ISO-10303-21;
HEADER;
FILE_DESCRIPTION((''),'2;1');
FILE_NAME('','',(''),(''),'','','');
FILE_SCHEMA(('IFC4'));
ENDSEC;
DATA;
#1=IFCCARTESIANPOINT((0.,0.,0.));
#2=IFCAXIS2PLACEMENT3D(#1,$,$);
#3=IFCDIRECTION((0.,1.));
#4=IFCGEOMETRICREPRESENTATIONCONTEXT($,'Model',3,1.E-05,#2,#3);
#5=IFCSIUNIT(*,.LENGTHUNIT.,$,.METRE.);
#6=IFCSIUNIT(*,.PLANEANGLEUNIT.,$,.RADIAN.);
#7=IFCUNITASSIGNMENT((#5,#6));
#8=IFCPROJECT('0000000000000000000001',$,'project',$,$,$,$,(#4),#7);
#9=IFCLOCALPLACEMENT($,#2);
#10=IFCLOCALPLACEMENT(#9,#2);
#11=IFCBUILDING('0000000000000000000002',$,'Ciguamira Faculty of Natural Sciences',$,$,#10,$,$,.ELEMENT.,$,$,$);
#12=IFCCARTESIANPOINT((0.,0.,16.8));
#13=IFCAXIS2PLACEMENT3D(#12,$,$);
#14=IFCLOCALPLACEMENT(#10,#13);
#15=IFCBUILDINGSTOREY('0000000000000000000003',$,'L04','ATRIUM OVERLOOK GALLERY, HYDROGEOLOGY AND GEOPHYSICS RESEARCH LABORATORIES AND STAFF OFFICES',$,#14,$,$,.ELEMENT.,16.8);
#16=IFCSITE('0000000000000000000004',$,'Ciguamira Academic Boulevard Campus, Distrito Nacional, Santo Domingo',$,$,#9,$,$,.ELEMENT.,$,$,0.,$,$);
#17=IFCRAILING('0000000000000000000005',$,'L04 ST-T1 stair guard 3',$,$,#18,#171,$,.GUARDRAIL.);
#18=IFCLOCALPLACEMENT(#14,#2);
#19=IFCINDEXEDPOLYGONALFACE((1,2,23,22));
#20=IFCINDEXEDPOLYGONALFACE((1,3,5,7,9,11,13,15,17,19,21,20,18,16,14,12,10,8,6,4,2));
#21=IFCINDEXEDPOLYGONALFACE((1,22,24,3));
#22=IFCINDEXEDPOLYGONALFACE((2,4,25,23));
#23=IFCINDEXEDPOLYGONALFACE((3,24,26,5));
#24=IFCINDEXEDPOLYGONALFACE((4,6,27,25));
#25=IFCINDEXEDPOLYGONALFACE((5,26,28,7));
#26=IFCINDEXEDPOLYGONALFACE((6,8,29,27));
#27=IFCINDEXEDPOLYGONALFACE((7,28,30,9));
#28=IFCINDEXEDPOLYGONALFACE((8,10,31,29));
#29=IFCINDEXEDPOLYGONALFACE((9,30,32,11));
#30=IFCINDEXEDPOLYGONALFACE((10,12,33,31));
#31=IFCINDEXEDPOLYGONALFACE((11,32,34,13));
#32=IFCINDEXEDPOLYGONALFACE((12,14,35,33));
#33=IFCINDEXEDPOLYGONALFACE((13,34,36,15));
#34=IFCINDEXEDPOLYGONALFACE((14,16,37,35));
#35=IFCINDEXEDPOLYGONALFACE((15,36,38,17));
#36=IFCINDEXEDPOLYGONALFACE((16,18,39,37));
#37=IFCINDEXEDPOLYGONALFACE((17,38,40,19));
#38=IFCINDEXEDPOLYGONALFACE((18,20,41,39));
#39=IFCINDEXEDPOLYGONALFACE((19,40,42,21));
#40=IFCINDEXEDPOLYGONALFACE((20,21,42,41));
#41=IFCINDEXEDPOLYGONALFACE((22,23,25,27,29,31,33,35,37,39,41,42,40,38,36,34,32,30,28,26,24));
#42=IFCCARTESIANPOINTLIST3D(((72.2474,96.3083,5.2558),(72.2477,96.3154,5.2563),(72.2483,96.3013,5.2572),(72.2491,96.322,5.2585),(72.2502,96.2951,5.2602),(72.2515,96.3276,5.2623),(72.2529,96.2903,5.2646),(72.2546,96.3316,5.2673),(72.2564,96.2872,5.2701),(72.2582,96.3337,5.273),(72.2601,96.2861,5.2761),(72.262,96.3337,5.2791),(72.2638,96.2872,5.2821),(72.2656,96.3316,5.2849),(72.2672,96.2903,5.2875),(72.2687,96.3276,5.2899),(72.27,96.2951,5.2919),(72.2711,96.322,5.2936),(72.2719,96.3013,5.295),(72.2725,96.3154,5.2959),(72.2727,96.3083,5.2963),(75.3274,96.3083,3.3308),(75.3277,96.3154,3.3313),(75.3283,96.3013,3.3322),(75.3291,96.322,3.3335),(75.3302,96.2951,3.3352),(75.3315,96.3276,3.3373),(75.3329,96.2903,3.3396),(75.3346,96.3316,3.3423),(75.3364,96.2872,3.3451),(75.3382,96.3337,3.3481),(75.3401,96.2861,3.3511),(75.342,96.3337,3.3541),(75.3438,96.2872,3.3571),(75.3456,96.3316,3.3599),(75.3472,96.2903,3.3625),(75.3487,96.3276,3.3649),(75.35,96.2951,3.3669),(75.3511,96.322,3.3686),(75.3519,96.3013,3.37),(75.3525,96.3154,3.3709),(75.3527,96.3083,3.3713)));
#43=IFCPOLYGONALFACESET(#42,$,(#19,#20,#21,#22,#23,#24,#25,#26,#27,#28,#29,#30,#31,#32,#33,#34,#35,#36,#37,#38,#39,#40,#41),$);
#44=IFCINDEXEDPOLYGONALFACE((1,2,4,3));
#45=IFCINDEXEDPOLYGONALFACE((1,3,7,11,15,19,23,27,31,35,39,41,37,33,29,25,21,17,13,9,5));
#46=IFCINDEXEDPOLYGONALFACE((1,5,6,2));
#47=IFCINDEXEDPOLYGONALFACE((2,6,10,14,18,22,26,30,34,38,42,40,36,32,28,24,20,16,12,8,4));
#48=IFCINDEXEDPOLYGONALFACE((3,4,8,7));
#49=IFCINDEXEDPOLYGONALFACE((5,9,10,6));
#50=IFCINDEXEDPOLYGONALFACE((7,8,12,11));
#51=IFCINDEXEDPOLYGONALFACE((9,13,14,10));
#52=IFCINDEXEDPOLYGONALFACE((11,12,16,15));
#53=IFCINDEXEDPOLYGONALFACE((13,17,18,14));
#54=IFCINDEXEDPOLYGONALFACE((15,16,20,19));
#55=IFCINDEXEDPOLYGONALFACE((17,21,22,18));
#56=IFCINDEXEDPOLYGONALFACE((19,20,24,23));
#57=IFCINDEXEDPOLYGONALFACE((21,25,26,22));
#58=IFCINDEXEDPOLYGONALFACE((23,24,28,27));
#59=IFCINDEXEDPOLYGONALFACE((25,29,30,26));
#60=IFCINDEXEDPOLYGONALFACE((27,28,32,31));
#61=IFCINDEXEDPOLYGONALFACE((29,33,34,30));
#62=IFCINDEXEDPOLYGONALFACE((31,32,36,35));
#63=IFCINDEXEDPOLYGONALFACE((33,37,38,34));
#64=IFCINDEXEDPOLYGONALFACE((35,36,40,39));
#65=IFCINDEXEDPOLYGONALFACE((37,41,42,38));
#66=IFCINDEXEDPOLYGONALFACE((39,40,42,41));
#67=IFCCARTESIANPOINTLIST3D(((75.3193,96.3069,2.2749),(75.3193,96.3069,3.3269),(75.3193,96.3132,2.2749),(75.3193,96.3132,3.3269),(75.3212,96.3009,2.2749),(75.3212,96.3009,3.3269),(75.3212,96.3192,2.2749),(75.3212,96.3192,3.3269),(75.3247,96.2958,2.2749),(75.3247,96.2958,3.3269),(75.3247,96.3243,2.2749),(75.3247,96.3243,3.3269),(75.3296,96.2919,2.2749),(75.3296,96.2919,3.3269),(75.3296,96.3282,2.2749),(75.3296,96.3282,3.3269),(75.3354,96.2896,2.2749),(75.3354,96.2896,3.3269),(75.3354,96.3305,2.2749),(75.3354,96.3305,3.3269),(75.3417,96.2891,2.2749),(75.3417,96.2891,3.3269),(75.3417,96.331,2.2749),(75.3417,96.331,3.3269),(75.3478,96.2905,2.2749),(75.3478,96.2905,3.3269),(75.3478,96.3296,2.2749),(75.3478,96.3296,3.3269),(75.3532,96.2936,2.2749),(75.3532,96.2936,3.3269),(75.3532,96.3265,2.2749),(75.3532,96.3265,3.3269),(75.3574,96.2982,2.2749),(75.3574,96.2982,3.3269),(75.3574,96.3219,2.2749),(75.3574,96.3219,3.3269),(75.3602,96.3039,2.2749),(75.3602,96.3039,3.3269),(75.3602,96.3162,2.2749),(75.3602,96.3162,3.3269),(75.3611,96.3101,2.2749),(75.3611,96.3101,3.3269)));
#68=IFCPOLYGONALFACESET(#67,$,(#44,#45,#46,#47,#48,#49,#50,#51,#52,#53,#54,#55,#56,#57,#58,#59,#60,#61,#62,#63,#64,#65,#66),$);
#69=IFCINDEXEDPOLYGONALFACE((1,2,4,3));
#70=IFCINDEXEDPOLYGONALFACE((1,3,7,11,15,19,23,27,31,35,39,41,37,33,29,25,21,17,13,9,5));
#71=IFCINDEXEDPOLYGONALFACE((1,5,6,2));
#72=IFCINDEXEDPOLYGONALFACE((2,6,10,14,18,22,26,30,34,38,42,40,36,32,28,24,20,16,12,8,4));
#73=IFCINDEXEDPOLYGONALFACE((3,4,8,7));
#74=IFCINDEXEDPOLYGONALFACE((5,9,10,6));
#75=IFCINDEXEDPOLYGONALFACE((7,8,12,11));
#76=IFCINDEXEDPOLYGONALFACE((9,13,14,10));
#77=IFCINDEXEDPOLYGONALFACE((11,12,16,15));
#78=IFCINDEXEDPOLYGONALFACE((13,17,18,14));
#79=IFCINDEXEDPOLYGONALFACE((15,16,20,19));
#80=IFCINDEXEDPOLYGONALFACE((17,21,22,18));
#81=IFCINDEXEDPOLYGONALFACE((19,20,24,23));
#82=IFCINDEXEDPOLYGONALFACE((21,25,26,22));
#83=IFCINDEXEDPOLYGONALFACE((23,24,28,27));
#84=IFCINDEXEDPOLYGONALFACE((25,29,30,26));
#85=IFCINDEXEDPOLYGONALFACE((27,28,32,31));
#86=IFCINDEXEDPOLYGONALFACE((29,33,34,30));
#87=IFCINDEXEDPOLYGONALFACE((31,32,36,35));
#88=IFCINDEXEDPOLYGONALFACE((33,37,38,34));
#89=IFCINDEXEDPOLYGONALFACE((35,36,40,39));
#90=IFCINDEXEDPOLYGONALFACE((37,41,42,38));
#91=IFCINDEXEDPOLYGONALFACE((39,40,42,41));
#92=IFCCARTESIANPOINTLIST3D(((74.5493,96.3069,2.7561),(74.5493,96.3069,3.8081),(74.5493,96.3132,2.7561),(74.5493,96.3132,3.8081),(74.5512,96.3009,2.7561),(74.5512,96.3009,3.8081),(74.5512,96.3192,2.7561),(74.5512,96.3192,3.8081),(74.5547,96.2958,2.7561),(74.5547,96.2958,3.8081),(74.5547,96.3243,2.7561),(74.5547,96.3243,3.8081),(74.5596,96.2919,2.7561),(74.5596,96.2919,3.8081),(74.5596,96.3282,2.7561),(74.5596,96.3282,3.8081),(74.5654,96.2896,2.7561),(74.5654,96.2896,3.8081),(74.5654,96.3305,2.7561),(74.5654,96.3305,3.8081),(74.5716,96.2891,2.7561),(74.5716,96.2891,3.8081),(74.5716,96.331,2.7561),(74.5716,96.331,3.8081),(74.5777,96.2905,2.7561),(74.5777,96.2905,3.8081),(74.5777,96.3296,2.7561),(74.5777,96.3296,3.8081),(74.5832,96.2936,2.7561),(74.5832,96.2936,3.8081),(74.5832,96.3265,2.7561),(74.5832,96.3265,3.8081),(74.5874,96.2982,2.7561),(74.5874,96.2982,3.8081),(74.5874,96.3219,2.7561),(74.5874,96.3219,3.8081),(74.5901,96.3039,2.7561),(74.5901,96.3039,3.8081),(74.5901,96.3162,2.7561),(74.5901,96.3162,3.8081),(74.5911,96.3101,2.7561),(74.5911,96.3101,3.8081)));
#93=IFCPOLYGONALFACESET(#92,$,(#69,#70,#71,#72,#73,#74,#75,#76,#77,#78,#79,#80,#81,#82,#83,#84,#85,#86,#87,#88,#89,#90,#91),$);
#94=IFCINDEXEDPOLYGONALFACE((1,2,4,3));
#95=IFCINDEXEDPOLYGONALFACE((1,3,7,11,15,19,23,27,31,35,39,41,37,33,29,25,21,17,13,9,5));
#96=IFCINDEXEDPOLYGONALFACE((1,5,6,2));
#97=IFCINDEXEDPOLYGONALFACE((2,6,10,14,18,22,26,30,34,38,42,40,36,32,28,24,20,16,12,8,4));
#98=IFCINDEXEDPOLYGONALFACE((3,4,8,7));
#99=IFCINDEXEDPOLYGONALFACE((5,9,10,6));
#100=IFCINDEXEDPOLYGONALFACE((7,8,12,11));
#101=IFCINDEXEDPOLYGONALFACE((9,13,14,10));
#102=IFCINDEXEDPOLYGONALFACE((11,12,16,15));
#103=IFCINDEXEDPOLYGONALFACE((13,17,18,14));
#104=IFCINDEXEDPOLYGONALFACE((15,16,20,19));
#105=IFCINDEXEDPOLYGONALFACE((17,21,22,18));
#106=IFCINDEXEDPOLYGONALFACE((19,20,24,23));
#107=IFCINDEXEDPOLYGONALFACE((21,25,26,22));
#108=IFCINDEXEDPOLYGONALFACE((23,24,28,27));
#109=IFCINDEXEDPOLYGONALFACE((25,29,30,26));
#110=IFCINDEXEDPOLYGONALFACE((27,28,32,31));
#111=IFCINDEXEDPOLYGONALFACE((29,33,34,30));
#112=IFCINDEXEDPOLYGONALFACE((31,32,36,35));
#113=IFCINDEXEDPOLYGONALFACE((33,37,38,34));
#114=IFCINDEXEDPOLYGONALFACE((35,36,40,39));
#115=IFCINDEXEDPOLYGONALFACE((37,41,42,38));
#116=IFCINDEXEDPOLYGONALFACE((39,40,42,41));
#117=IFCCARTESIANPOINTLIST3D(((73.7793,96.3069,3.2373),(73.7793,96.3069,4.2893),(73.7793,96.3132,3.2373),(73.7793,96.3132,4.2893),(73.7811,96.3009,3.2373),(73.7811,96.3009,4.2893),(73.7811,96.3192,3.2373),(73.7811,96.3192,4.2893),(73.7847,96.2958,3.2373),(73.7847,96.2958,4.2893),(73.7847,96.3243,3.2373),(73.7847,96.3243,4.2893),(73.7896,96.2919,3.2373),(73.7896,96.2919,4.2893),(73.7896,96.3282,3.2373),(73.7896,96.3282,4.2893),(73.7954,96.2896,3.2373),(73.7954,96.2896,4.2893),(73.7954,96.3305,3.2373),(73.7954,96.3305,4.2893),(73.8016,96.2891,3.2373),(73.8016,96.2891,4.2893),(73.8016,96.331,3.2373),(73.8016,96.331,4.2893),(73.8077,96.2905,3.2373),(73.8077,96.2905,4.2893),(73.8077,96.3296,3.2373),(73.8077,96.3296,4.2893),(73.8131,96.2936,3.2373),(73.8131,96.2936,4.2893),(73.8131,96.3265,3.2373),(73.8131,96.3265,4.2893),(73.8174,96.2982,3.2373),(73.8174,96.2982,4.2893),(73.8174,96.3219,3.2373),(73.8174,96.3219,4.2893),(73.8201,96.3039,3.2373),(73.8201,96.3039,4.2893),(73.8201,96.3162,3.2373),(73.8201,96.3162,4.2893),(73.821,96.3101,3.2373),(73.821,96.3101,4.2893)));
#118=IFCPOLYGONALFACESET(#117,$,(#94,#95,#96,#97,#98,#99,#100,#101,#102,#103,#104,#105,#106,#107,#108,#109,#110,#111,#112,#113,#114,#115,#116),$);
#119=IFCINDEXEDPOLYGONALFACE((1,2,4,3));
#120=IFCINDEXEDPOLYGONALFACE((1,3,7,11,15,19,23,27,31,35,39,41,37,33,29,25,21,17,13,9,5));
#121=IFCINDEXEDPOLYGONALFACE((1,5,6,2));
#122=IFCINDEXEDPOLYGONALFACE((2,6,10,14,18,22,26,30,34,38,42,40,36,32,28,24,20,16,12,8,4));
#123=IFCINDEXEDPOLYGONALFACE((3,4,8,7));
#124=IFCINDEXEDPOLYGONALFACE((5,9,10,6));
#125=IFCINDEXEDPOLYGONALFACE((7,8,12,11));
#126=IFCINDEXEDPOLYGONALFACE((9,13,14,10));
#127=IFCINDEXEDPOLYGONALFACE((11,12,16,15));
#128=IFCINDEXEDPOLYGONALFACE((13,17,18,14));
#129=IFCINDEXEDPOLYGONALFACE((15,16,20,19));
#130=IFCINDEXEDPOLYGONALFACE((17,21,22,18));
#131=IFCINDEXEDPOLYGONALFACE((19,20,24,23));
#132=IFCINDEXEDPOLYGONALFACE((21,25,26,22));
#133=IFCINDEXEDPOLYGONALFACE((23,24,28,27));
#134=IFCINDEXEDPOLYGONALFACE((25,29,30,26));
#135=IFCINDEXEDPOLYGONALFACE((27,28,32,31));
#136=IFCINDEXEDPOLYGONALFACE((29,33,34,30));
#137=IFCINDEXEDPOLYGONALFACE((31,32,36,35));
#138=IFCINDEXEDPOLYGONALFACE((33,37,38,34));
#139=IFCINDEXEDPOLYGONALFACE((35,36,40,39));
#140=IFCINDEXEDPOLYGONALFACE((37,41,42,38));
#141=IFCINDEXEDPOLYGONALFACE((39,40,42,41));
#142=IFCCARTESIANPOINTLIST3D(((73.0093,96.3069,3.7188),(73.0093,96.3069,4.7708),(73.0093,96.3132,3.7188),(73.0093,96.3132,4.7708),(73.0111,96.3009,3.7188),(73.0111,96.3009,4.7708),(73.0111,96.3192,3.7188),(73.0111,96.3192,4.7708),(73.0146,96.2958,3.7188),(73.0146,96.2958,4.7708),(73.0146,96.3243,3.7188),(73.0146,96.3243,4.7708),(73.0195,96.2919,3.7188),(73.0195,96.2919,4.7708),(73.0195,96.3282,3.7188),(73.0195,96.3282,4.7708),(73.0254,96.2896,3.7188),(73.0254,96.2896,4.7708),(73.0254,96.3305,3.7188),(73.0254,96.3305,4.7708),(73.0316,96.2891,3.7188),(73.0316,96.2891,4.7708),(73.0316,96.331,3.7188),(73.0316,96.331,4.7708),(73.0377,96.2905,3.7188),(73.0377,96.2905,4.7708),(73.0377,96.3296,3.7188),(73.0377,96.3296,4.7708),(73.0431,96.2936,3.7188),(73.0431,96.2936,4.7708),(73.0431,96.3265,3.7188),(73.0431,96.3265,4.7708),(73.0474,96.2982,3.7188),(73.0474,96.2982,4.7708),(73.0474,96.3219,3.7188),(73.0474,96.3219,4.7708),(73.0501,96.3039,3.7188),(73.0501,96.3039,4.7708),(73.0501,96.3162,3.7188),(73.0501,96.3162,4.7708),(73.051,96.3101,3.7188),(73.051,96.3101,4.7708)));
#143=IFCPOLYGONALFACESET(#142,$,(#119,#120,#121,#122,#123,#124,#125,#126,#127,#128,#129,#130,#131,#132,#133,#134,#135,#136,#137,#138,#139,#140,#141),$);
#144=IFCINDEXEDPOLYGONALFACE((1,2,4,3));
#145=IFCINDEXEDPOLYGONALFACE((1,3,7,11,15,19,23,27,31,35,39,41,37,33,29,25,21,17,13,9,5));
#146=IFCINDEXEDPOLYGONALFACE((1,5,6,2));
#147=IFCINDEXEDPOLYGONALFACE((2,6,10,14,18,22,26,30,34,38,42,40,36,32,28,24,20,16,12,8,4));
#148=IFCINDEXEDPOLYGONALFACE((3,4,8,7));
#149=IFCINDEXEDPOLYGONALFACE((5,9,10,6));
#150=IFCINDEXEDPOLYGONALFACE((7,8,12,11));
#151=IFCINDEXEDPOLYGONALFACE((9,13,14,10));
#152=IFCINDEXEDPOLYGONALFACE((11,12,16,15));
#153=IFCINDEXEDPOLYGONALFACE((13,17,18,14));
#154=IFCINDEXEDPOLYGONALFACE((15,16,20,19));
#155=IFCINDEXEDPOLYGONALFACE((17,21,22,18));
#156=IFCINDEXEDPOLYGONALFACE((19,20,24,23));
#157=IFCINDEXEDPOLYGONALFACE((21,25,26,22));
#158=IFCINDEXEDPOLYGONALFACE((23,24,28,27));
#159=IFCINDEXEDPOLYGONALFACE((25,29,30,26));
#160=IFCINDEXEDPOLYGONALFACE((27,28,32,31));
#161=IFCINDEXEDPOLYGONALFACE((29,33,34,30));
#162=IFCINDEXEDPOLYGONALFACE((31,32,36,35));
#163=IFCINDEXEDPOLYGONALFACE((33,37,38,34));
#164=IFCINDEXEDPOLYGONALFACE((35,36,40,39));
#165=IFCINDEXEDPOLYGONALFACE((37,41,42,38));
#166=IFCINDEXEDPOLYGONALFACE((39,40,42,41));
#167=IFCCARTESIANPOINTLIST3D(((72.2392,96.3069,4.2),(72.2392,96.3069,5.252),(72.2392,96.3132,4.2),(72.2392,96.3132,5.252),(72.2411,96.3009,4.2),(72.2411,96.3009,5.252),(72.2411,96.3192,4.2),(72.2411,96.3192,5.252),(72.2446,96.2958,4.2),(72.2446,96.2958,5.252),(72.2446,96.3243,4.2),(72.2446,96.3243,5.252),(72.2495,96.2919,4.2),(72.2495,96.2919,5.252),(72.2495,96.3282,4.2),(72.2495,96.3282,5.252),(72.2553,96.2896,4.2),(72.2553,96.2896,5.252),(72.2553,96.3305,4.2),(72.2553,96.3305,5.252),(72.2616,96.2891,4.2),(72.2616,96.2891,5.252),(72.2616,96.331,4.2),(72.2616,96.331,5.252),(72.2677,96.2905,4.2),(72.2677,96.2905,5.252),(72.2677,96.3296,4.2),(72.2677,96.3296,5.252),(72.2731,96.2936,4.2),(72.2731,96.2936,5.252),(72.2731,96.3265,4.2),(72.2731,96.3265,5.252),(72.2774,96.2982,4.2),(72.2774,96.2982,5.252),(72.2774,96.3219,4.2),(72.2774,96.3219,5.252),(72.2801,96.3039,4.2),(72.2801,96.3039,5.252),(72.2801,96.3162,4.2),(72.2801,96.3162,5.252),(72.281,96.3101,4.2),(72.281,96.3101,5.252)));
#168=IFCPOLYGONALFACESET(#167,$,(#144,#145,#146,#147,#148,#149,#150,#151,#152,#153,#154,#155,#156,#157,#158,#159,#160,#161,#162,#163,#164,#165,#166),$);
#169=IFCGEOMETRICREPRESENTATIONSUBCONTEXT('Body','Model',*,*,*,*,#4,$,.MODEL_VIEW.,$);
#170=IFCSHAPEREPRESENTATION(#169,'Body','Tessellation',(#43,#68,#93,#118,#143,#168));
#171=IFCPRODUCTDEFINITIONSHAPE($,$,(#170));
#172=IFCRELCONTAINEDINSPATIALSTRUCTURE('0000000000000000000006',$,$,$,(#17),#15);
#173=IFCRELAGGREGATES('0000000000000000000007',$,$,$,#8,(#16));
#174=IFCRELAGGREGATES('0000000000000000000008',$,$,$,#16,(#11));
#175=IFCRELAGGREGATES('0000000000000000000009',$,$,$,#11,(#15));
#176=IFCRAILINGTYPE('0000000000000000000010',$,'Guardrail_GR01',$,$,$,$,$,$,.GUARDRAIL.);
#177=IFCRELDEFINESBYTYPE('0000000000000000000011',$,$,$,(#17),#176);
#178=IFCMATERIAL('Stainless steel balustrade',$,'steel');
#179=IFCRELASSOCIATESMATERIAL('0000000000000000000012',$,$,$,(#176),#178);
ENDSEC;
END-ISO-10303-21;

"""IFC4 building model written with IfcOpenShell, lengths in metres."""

from ifc_helpers import new_model, si_unit, direction, frame, origin, origin_2d, place, context, subcontext, project, spatial, circle, extrude, material, type_object, element, save


model = new_model("IFC4")

# Units and contexts
model_context = context("Model", 3, precision=1e-05, world=origin(), true_north=direction((0.0, 1.0)))
body_context = subcontext(model_context, "Body", "Model", "MODEL_VIEW")
ifc_project = project(units=[si_unit("LENGTHUNIT", "METRE"), si_unit("PLANEANGLEUNIT", "RADIAN")], contexts=[model_context])

# Site, building, storey
site_placement = place(None, origin())
site = spatial("IfcSite", under=ifc_project, at=site_placement, Name="Ciguamira Academic Boulevard Campus, Distrito Nacional, Santo Domingo", CompositionType="ELEMENT", RefElevation=0.0)
building_placement = place(site_placement, origin())
building = spatial("IfcBuilding", under=site, at=building_placement, Name="Ciguamira Faculty of Natural Sciences", CompositionType="ELEMENT")
storey_placement = place(building_placement, frame((0.0, 0.0, 16.8)))
storey = spatial("IfcBuildingStorey", under=building, at=storey_placement, Name="L04", Description="ATRIUM OVERLOOK GALLERY, HYDROGEOLOGY AND GEOPHYSICS RESEARCH LABORATORIES AND STAFF OFFICES", CompositionType="ELEMENT", Elevation=16.8)

# Railing
ifc_material_1 = material(Name="Stainless steel balustrade", Category="steel")
railing_type = type_object("IfcRailingType", Name="Guardrail_GR01", PredefinedType="GUARDRAIL", material=ifc_material_1)
railing_1_placement = place(storey_placement, frame((75.3401, 96.3101, 2.2749)))
element("IfcRailing", 1, at=railing_1_placement, inside=storey, type_object=railing_type, Name="L04 ST-T1 stair guard 3", PredefinedType="GUARDRAIL", context=body_context, shape_type="SweptSolid", body=[
    extrude(circle(Radius=0.0239, at=origin_2d()), frame((0.0, 0.0, 1.0762), z_axis=(-0.847998, 0.0, 0.529999), x_axis=(0.0, -1.0, 0.0)), (0.0, 0.0, 1.0), 3.6321),
    extrude(circle(Radius=0.021, at=origin_2d()), origin(), (0.0, 0.0, 1.0), 1.052),
    extrude(circle(Radius=0.021, at=origin_2d()), frame((-0.77, 0.0, 0.4812)), (0.0, 0.0, 1.0), 1.052),
    extrude(circle(Radius=0.021, at=origin_2d()), frame((-1.54, 0.0, 0.9624)), (0.0, 0.0, 1.0), 1.052),
    extrude(circle(Radius=0.021, at=origin_2d()), frame((-2.3101, 0.0, 1.4438)), (0.0, 0.0, 1.0), 1.052),
    extrude(circle(Radius=0.021, at=origin_2d()), frame((-3.0801, 0.0, 1.925)), (0.0, 0.0, 1.0), 1.052),
])

save(model, "model.ifc")
